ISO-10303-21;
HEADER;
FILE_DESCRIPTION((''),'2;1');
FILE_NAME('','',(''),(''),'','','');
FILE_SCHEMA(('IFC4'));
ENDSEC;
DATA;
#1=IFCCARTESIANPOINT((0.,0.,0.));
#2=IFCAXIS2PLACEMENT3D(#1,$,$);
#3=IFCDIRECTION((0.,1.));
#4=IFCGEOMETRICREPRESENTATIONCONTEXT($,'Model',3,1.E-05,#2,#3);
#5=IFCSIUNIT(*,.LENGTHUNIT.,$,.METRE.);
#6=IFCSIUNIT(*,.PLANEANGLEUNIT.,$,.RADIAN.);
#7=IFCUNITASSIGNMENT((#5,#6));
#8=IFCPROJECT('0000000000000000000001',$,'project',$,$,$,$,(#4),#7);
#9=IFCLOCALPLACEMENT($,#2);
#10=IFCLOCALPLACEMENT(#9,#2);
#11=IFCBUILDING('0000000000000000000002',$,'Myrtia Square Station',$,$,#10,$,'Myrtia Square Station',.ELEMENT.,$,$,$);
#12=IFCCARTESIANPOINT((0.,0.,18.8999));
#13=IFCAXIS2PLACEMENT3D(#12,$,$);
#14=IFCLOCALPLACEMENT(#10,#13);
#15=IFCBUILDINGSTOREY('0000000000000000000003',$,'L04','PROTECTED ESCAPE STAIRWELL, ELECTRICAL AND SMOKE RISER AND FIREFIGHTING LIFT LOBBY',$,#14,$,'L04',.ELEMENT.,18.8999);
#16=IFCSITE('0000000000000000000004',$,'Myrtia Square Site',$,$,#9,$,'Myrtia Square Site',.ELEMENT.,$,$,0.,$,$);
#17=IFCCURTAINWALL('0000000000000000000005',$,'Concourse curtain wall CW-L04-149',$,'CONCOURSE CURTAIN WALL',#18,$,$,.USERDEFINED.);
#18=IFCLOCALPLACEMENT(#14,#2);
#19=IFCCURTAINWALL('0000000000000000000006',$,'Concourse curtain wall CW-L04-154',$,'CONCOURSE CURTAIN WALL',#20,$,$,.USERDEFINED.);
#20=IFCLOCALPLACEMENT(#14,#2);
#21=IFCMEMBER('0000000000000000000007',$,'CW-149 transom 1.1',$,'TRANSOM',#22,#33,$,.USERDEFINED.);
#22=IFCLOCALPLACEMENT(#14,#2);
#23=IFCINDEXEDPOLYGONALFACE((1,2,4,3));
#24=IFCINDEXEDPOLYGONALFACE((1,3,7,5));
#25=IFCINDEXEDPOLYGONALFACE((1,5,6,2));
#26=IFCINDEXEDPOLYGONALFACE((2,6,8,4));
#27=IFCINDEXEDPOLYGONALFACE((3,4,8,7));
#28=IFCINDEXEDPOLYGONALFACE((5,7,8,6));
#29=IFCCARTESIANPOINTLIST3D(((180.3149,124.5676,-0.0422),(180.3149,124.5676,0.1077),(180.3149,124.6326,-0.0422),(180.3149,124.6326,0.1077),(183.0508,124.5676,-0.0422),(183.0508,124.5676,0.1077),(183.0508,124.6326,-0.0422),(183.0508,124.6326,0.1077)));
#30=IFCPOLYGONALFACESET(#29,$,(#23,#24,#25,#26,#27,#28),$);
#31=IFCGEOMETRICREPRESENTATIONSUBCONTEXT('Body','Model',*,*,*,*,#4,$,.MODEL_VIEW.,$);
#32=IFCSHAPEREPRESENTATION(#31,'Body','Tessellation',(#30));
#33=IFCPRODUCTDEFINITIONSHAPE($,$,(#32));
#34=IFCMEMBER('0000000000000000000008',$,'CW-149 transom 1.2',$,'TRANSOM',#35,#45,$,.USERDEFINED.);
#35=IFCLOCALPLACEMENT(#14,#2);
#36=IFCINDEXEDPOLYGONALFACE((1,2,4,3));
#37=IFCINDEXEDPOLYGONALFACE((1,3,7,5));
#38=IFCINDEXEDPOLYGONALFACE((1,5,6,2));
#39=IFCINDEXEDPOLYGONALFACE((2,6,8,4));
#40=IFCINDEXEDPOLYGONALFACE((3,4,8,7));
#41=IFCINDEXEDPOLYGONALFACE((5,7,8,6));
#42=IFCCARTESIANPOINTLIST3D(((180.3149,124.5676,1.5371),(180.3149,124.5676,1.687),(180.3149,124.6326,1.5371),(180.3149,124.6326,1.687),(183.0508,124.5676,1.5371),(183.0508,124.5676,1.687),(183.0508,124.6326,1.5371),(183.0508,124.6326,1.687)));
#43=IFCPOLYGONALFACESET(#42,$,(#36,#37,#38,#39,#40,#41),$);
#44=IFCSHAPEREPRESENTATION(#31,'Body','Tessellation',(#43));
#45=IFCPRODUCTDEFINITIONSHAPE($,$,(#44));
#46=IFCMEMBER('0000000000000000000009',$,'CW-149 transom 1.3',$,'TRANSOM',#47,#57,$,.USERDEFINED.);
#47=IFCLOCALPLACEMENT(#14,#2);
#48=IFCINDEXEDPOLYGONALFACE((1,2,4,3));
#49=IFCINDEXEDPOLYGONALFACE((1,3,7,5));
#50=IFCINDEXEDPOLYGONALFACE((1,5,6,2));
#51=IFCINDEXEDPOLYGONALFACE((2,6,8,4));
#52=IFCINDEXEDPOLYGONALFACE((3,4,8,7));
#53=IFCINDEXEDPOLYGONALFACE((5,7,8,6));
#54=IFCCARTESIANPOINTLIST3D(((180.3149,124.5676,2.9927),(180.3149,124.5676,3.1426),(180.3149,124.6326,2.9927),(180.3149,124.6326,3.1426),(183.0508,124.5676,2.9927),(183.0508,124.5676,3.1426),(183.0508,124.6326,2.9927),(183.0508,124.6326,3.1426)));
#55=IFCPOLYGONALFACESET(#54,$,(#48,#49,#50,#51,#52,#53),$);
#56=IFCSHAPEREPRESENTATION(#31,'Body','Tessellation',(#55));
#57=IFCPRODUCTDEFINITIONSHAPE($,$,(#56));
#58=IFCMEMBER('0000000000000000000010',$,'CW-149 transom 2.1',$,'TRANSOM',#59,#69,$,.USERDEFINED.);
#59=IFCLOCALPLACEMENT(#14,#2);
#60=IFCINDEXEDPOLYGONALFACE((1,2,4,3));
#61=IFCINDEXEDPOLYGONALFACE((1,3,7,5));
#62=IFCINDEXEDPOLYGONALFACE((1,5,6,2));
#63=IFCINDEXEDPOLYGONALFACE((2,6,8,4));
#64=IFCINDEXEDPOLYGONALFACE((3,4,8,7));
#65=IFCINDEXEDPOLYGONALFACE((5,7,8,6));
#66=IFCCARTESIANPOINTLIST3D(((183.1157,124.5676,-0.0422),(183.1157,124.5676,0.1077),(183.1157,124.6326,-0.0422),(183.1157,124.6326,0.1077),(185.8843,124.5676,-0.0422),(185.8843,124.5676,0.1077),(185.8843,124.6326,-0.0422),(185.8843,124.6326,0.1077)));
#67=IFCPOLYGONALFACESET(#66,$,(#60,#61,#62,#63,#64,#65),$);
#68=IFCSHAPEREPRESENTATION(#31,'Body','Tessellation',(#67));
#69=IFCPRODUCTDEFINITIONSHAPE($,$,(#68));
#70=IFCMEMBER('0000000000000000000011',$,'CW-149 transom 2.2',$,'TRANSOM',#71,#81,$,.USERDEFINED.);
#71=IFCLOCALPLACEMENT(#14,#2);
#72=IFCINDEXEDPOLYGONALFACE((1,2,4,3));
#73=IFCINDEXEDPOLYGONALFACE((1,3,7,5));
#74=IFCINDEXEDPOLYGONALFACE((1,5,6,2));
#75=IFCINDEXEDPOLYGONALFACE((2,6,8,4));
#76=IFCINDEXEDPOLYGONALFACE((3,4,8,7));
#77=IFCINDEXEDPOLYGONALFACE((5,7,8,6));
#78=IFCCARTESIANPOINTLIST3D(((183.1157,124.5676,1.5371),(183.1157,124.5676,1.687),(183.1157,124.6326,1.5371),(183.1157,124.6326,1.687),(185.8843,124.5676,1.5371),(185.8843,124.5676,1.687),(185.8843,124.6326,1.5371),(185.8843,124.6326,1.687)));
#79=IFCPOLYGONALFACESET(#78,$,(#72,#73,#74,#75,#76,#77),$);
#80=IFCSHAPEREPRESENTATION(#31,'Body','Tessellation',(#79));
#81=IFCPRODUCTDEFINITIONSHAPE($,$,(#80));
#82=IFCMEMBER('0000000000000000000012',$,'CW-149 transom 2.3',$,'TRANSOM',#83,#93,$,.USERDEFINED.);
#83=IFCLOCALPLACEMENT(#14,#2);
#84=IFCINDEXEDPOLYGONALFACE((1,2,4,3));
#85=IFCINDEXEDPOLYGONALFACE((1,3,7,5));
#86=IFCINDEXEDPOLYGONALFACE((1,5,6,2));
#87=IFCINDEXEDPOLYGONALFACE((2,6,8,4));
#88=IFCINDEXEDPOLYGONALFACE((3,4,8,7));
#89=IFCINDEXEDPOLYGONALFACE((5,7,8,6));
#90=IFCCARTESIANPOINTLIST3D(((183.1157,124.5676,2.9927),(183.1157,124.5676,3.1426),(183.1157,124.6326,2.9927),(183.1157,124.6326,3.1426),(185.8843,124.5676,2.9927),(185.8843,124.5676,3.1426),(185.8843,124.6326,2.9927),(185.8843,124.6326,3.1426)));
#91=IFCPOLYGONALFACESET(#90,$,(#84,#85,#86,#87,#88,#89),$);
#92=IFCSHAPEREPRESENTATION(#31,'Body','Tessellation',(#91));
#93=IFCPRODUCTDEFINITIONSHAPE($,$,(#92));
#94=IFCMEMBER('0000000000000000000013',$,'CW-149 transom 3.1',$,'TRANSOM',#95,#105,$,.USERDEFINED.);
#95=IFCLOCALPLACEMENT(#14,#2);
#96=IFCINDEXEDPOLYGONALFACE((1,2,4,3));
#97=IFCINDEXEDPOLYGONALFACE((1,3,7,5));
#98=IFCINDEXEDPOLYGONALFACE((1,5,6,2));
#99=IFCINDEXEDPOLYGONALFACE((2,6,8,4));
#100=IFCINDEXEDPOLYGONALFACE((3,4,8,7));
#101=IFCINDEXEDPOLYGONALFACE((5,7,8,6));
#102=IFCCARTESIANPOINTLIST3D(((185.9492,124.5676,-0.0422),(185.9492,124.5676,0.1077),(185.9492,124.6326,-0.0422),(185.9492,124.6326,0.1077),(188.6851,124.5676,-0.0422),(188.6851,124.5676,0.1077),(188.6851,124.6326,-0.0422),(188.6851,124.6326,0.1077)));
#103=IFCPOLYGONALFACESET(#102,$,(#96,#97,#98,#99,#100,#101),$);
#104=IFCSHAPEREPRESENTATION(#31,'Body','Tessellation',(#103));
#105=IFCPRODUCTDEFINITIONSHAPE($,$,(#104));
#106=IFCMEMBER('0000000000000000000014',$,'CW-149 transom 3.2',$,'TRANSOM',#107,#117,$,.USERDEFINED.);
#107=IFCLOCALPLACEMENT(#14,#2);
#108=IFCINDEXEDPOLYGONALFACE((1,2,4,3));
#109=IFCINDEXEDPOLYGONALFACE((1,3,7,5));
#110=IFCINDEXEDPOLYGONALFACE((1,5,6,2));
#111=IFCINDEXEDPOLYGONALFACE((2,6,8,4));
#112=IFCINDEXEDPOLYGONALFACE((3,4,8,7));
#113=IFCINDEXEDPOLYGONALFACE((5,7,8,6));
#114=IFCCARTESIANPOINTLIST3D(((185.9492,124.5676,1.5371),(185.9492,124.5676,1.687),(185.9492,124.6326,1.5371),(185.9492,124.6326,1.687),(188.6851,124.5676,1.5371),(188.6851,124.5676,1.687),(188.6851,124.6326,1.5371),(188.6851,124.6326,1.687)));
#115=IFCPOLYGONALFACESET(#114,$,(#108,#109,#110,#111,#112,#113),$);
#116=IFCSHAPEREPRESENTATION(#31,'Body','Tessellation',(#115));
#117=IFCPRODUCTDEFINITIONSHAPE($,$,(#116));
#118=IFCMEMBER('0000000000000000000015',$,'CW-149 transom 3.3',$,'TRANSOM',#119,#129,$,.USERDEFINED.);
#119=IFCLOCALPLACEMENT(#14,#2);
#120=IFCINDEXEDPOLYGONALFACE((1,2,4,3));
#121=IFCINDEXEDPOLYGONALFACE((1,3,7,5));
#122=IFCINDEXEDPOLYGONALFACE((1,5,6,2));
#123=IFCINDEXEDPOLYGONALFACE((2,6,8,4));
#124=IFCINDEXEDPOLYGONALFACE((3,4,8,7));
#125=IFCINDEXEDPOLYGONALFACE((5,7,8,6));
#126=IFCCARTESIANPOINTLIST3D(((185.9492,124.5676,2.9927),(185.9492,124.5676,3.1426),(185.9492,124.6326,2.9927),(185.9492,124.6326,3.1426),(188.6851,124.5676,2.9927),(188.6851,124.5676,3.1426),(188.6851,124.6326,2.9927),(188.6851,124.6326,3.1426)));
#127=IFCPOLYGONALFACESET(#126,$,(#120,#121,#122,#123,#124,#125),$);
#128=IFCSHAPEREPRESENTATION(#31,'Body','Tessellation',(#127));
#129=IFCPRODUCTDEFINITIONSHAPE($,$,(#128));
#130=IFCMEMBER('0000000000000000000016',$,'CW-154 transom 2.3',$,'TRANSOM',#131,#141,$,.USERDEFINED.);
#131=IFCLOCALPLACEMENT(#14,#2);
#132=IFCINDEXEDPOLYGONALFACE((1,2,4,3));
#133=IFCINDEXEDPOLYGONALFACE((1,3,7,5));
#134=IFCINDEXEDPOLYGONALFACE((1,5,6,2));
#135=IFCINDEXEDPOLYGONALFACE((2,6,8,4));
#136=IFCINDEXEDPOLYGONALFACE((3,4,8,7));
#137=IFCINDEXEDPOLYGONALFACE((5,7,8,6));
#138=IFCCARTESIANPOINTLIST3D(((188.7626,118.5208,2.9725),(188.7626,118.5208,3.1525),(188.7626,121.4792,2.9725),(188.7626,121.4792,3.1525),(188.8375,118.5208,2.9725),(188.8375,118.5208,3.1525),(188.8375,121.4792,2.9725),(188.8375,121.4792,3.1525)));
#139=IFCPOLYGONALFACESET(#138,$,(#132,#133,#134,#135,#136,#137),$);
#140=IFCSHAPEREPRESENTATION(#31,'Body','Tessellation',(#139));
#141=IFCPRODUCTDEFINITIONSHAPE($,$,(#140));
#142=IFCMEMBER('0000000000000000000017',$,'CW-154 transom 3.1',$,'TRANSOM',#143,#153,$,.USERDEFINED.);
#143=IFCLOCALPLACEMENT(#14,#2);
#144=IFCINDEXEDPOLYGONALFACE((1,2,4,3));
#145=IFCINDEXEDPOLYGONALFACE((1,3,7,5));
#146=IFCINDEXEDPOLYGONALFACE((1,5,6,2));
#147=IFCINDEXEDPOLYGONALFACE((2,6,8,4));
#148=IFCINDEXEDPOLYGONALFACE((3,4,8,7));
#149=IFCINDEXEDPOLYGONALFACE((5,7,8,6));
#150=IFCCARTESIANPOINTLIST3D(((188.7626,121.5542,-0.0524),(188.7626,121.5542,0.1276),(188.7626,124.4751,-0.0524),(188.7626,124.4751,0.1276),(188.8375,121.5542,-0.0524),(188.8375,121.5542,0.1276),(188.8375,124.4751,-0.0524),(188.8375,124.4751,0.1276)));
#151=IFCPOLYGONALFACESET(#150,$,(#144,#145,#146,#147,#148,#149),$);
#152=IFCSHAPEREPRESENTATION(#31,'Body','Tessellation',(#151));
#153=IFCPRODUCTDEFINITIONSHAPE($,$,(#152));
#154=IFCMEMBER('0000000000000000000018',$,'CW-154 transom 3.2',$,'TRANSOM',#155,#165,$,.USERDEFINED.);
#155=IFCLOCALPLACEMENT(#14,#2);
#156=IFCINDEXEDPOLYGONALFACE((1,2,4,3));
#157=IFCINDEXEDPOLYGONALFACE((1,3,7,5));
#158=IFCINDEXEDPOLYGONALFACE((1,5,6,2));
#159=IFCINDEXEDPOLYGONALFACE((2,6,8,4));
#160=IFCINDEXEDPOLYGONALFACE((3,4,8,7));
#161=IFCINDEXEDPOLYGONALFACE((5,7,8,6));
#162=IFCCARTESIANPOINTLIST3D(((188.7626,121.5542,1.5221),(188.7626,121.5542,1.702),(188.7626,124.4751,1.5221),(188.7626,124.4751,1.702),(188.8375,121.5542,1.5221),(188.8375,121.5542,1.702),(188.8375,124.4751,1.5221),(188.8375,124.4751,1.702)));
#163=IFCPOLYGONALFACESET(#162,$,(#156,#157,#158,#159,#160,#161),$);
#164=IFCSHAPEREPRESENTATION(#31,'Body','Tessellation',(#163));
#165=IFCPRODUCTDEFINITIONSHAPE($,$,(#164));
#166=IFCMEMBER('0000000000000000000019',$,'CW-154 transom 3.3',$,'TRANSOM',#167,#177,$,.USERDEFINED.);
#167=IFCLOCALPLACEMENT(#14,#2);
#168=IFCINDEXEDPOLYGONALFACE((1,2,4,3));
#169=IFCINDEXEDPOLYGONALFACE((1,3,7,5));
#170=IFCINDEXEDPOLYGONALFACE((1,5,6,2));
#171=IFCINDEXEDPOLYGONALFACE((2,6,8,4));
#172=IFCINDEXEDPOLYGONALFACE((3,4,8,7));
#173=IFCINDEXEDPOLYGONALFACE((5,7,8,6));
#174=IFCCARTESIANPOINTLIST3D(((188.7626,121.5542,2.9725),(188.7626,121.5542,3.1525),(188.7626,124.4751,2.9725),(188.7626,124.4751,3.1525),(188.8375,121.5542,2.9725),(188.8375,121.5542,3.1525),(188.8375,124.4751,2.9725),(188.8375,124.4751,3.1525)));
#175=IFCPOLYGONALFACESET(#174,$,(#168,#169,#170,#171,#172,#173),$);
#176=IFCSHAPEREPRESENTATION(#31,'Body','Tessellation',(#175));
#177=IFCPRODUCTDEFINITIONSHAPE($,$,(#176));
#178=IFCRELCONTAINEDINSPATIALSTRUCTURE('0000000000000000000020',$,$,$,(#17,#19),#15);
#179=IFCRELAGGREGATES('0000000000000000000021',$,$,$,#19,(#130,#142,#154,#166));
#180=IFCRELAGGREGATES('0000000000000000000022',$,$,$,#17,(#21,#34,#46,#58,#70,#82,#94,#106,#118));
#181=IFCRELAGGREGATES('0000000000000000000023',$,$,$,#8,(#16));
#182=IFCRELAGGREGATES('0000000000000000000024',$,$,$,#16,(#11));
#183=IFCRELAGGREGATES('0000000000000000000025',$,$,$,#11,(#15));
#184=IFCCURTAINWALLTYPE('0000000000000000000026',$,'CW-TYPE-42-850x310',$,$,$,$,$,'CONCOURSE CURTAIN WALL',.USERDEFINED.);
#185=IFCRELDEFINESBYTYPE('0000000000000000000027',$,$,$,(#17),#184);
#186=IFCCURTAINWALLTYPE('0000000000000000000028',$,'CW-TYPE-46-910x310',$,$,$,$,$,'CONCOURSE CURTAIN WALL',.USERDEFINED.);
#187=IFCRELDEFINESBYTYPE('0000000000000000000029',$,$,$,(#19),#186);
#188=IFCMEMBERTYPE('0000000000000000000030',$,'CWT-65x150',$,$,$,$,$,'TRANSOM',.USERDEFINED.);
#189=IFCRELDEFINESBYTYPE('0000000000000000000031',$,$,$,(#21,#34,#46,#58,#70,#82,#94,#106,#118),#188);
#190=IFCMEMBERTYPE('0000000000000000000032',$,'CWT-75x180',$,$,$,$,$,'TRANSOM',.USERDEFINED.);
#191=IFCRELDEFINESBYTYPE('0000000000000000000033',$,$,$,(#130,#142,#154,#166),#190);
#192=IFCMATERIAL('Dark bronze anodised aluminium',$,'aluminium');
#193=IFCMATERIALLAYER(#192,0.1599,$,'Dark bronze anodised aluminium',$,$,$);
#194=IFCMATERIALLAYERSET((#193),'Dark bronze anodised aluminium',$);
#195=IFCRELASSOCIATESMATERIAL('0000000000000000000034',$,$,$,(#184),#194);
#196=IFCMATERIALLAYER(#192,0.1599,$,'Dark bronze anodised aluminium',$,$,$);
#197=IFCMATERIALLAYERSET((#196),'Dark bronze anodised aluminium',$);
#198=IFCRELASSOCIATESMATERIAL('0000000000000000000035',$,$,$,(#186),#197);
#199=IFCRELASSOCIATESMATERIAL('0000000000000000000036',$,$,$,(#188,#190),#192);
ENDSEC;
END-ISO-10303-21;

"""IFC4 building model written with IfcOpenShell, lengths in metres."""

from ifc_helpers import new_model, si_unit, direction, frame, origin, origin_2d, place, context, subcontext, project, spatial, rectangle, extrude, material, layer, layer_set, material_profile, profile_set, type_object, element, aggregate, save


model = new_model("IFC4")

# Units and contexts
model_context = context("Model", 3, precision=1e-05, world=origin(), true_north=direction((0.0, 1.0)))
body_context = subcontext(model_context, "Body", "Model", "MODEL_VIEW")
ifc_project = project(units=[si_unit("LENGTHUNIT", "METRE"), si_unit("PLANEANGLEUNIT", "RADIAN")], contexts=[model_context])

# Site, building, storey
site_placement = place(None, origin())
site = spatial("IfcSite", under=ifc_project, at=site_placement, Name="Myrtia Square Site", LongName="Myrtia Square Site", CompositionType="ELEMENT", RefElevation=0.0)
building_placement = place(site_placement, origin())
building = spatial("IfcBuilding", under=site, at=building_placement, Name="Myrtia Square Station", LongName="Myrtia Square Station", CompositionType="ELEMENT")
storey_placement = place(building_placement, frame((0.0, 0.0, 18.8999)))
storey = spatial("IfcBuildingStorey", under=building, at=storey_placement, Name="L04", Description="PROTECTED ESCAPE STAIRWELL, ELECTRICAL AND SMOKE RISER AND FIREFIGHTING LIFT LOBBY", LongName="L04", CompositionType="ELEMENT", Elevation=18.8999)

# Shared definitions
ifc_material_1 = material(Name="Dark bronze anodised aluminium", Category="aluminium")
ifc_layer_1 = layer(ifc_material_1, 0.1599, Name="Dark bronze anodised aluminium")
ifc_layer_set_1 = layer_set([ifc_layer_1], Name="Dark bronze anodised aluminium")
curtain_wall_type_1 = type_object("IfcCurtainWallType", Name="CW-TYPE-42-850x310", ElementType="CONCOURSE CURTAIN WALL", PredefinedType="USERDEFINED", material=ifc_layer_set_1)

# Curtain walls
curtain_wall_1_placement = place(storey_placement, origin())
curtain_wall_1 = element("IfcCurtainWall", 1, at=curtain_wall_1_placement, inside=storey, type_object=curtain_wall_type_1, Name="Concourse curtain wall CW-L04-149", ObjectType="CONCOURSE CURTAIN WALL", PredefinedType="USERDEFINED")
ifc_layer_2 = layer(ifc_material_1, 0.1599, Name="Dark bronze anodised aluminium")
ifc_layer_set_2 = layer_set([ifc_layer_2], Name="Dark bronze anodised aluminium")
curtain_wall_type_2 = type_object("IfcCurtainWallType", Name="CW-TYPE-46-910x310", ElementType="CONCOURSE CURTAIN WALL", PredefinedType="USERDEFINED", material=ifc_layer_set_2)
curtain_wall_2_placement = place(storey_placement, origin())
curtain_wall_2 = element("IfcCurtainWall", 2, at=curtain_wall_2_placement, inside=storey, type_object=curtain_wall_type_2, Name="Concourse curtain wall CW-L04-154", ObjectType="CONCOURSE CURTAIN WALL", PredefinedType="USERDEFINED")

# Members
ifc_material_profile_1 = material_profile(ifc_material_1, rectangle(XDim=0.0649, YDim=0.1499, at=origin_2d()), Name="ALU-T 65x150")
ifc_profile_set_1 = profile_set([ifc_material_profile_1], Name="Dark bronze anodised aluminium")
member_type_1 = type_object("IfcMemberType", Name="CWT-65x150", ElementType="TRANSOM", PredefinedType="USERDEFINED", material=ifc_profile_set_1)
member_1_placement = place(storey_placement, frame((180.3149, 124.6001, 0.0327), z_axis=(1.0, 0.0, 0.0), x_axis=(0.0, 1.0, 0.0)))
member_1 = element("IfcMember", 3, at=member_1_placement, type_object=member_type_1, Name="CW-149 transom 1.1", ObjectType="TRANSOM", PredefinedType="USERDEFINED", context=body_context, shape_type="SweptSolid", body=[
    extrude(rectangle(XDim=0.0649, YDim=0.1499, at=origin_2d()), origin(), (0.0, 0.0, 1.0), 2.7358),
])
member_2_placement = place(storey_placement, frame((180.3149, 124.6001, 1.6121), z_axis=(1.0, 0.0, 0.0), x_axis=(0.0, 1.0, 0.0)))
member_2 = element("IfcMember", 4, at=member_2_placement, type_object=member_type_1, Name="CW-149 transom 1.2", ObjectType="TRANSOM", PredefinedType="USERDEFINED", context=body_context, shape_type="SweptSolid", body=[
    extrude(rectangle(XDim=0.0649, YDim=0.1499, at=origin_2d()), origin(), (0.0, 0.0, 1.0), 2.7358),
])
member_3_placement = place(storey_placement, frame((180.3149, 124.6001, 3.0676), z_axis=(1.0, 0.0, 0.0), x_axis=(0.0, 1.0, 0.0)))
member_3 = element("IfcMember", 5, at=member_3_placement, type_object=member_type_1, Name="CW-149 transom 1.3", ObjectType="TRANSOM", PredefinedType="USERDEFINED", context=body_context, shape_type="SweptSolid", body=[
    extrude(rectangle(XDim=0.0649, YDim=0.1499, at=origin_2d()), origin(), (0.0, 0.0, 1.0), 2.7358),
])
member_4_placement = place(storey_placement, frame((183.1157, 124.6001, 0.0327), z_axis=(1.0, 0.0, 0.0), x_axis=(0.0, 1.0, 0.0)))
member_4 = element("IfcMember", 6, at=member_4_placement, type_object=member_type_1, Name="CW-149 transom 2.1", ObjectType="TRANSOM", PredefinedType="USERDEFINED", context=body_context, shape_type="SweptSolid", body=[
    extrude(rectangle(XDim=0.0649, YDim=0.1499, at=origin_2d()), origin(), (0.0, 0.0, 1.0), 2.7686),
])
member_5_placement = place(storey_placement, frame((183.1157, 124.6001, 1.6121), z_axis=(1.0, 0.0, 0.0), x_axis=(0.0, 1.0, 0.0)))
member_5 = element("IfcMember", 7, at=member_5_placement, type_object=member_type_1, Name="CW-149 transom 2.2", ObjectType="TRANSOM", PredefinedType="USERDEFINED", context=body_context, shape_type="SweptSolid", body=[
    extrude(rectangle(XDim=0.0649, YDim=0.1499, at=origin_2d()), origin(), (0.0, 0.0, 1.0), 2.7686),
])
member_6_placement = place(storey_placement, frame((183.1157, 124.6001, 3.0676), z_axis=(1.0, 0.0, 0.0), x_axis=(0.0, 1.0, 0.0)))
member_6 = element("IfcMember", 8, at=member_6_placement, type_object=member_type_1, Name="CW-149 transom 2.3", ObjectType="TRANSOM", PredefinedType="USERDEFINED", context=body_context, shape_type="SweptSolid", body=[
    extrude(rectangle(XDim=0.0649, YDim=0.1499, at=origin_2d()), origin(), (0.0, 0.0, 1.0), 2.7686),
])
member_7_placement = place(storey_placement, frame((185.9492, 124.6001, 0.0327), z_axis=(1.0, 0.0, 0.0), x_axis=(0.0, 1.0, 0.0)))
member_7 = element("IfcMember", 9, at=member_7_placement, type_object=member_type_1, Name="CW-149 transom 3.1", ObjectType="TRANSOM", PredefinedType="USERDEFINED", context=body_context, shape_type="SweptSolid", body=[
    extrude(rectangle(XDim=0.0649, YDim=0.1499, at=origin_2d()), origin(), (0.0, 0.0, 1.0), 2.7358),
])
member_8_placement = place(storey_placement, frame((185.9492, 124.6001, 1.6121), z_axis=(1.0, 0.0, 0.0), x_axis=(0.0, 1.0, 0.0)))
member_8 = element("IfcMember", 10, at=member_8_placement, type_object=member_type_1, Name="CW-149 transom 3.2", ObjectType="TRANSOM", PredefinedType="USERDEFINED", context=body_context, shape_type="SweptSolid", body=[
    extrude(rectangle(XDim=0.0649, YDim=0.1499, at=origin_2d()), origin(), (0.0, 0.0, 1.0), 2.7358),
])
member_9_placement = place(storey_placement, frame((185.9492, 124.6001, 3.0676), z_axis=(1.0, 0.0, 0.0), x_axis=(0.0, 1.0, 0.0)))
member_9 = element("IfcMember", 11, at=member_9_placement, type_object=member_type_1, Name="CW-149 transom 3.3", ObjectType="TRANSOM", PredefinedType="USERDEFINED", context=body_context, shape_type="SweptSolid", body=[
    extrude(rectangle(XDim=0.0649, YDim=0.1499, at=origin_2d()), origin(), (0.0, 0.0, 1.0), 2.7358),
])
ifc_material_profile_2 = material_profile(ifc_material_1, rectangle(XDim=0.075, YDim=0.1799, at=origin_2d()), Name="ALU-T 75x180")
ifc_profile_set_2 = profile_set([ifc_material_profile_2], Name="Dark bronze anodised aluminium")
member_type_2 = type_object("IfcMemberType", Name="CWT-75x180", ElementType="TRANSOM", PredefinedType="USERDEFINED", material=ifc_profile_set_2)
member_10_placement = place(storey_placement, frame((188.8, 118.5208, 3.0625), z_axis=(0.0, 1.0, 0.0), x_axis=(-1.0, 0.0, 0.0)))
member_10 = element("IfcMember", 12, at=member_10_placement, type_object=member_type_2, Name="CW-154 transom 2.3", ObjectType="TRANSOM", PredefinedType="USERDEFINED", context=body_context, shape_type="SweptSolid", body=[
    extrude(rectangle(XDim=0.075, YDim=0.1799, at=origin_2d()), origin(), (0.0, 0.0, 1.0), 2.9585),
])
member_11_placement = place(storey_placement, frame((188.8, 121.5542, 0.0376), z_axis=(0.0, 1.0, 0.0), x_axis=(-1.0, 0.0, 0.0)))
member_11 = element("IfcMember", 13, at=member_11_placement, type_object=member_type_2, Name="CW-154 transom 3.1", ObjectType="TRANSOM", PredefinedType="USERDEFINED", context=body_context, shape_type="SweptSolid", body=[
    extrude(rectangle(XDim=0.075, YDim=0.1799, at=origin_2d()), origin(), (0.0, 0.0, 1.0), 2.9209),
])
member_12_placement = place(storey_placement, frame((188.8, 121.5542, 1.6121), z_axis=(0.0, 1.0, 0.0), x_axis=(-1.0, 0.0, 0.0)))
member_12 = element("IfcMember", 14, at=member_12_placement, type_object=member_type_2, Name="CW-154 transom 3.2", ObjectType="TRANSOM", PredefinedType="USERDEFINED", context=body_context, shape_type="SweptSolid", body=[
    extrude(rectangle(XDim=0.075, YDim=0.1799, at=origin_2d()), origin(), (0.0, 0.0, 1.0), 2.9209),
])
member_13_placement = place(storey_placement, frame((188.8, 121.5542, 3.0625), z_axis=(0.0, 1.0, 0.0), x_axis=(-1.0, 0.0, 0.0)))
member_13 = element("IfcMember", 15, at=member_13_placement, type_object=member_type_2, Name="CW-154 transom 3.3", ObjectType="TRANSOM", PredefinedType="USERDEFINED", context=body_context, shape_type="SweptSolid", body=[
    extrude(rectangle(XDim=0.075, YDim=0.1799, at=origin_2d()), origin(), (0.0, 0.0, 1.0), 2.9209),
])

aggregate(curtain_wall_2, [member_10, member_11, member_12, member_13])
aggregate(curtain_wall_1, [member_1, member_2, member_3, member_4, member_5, member_6, member_7, member_8, member_9])

save(model, "model.ifc")
